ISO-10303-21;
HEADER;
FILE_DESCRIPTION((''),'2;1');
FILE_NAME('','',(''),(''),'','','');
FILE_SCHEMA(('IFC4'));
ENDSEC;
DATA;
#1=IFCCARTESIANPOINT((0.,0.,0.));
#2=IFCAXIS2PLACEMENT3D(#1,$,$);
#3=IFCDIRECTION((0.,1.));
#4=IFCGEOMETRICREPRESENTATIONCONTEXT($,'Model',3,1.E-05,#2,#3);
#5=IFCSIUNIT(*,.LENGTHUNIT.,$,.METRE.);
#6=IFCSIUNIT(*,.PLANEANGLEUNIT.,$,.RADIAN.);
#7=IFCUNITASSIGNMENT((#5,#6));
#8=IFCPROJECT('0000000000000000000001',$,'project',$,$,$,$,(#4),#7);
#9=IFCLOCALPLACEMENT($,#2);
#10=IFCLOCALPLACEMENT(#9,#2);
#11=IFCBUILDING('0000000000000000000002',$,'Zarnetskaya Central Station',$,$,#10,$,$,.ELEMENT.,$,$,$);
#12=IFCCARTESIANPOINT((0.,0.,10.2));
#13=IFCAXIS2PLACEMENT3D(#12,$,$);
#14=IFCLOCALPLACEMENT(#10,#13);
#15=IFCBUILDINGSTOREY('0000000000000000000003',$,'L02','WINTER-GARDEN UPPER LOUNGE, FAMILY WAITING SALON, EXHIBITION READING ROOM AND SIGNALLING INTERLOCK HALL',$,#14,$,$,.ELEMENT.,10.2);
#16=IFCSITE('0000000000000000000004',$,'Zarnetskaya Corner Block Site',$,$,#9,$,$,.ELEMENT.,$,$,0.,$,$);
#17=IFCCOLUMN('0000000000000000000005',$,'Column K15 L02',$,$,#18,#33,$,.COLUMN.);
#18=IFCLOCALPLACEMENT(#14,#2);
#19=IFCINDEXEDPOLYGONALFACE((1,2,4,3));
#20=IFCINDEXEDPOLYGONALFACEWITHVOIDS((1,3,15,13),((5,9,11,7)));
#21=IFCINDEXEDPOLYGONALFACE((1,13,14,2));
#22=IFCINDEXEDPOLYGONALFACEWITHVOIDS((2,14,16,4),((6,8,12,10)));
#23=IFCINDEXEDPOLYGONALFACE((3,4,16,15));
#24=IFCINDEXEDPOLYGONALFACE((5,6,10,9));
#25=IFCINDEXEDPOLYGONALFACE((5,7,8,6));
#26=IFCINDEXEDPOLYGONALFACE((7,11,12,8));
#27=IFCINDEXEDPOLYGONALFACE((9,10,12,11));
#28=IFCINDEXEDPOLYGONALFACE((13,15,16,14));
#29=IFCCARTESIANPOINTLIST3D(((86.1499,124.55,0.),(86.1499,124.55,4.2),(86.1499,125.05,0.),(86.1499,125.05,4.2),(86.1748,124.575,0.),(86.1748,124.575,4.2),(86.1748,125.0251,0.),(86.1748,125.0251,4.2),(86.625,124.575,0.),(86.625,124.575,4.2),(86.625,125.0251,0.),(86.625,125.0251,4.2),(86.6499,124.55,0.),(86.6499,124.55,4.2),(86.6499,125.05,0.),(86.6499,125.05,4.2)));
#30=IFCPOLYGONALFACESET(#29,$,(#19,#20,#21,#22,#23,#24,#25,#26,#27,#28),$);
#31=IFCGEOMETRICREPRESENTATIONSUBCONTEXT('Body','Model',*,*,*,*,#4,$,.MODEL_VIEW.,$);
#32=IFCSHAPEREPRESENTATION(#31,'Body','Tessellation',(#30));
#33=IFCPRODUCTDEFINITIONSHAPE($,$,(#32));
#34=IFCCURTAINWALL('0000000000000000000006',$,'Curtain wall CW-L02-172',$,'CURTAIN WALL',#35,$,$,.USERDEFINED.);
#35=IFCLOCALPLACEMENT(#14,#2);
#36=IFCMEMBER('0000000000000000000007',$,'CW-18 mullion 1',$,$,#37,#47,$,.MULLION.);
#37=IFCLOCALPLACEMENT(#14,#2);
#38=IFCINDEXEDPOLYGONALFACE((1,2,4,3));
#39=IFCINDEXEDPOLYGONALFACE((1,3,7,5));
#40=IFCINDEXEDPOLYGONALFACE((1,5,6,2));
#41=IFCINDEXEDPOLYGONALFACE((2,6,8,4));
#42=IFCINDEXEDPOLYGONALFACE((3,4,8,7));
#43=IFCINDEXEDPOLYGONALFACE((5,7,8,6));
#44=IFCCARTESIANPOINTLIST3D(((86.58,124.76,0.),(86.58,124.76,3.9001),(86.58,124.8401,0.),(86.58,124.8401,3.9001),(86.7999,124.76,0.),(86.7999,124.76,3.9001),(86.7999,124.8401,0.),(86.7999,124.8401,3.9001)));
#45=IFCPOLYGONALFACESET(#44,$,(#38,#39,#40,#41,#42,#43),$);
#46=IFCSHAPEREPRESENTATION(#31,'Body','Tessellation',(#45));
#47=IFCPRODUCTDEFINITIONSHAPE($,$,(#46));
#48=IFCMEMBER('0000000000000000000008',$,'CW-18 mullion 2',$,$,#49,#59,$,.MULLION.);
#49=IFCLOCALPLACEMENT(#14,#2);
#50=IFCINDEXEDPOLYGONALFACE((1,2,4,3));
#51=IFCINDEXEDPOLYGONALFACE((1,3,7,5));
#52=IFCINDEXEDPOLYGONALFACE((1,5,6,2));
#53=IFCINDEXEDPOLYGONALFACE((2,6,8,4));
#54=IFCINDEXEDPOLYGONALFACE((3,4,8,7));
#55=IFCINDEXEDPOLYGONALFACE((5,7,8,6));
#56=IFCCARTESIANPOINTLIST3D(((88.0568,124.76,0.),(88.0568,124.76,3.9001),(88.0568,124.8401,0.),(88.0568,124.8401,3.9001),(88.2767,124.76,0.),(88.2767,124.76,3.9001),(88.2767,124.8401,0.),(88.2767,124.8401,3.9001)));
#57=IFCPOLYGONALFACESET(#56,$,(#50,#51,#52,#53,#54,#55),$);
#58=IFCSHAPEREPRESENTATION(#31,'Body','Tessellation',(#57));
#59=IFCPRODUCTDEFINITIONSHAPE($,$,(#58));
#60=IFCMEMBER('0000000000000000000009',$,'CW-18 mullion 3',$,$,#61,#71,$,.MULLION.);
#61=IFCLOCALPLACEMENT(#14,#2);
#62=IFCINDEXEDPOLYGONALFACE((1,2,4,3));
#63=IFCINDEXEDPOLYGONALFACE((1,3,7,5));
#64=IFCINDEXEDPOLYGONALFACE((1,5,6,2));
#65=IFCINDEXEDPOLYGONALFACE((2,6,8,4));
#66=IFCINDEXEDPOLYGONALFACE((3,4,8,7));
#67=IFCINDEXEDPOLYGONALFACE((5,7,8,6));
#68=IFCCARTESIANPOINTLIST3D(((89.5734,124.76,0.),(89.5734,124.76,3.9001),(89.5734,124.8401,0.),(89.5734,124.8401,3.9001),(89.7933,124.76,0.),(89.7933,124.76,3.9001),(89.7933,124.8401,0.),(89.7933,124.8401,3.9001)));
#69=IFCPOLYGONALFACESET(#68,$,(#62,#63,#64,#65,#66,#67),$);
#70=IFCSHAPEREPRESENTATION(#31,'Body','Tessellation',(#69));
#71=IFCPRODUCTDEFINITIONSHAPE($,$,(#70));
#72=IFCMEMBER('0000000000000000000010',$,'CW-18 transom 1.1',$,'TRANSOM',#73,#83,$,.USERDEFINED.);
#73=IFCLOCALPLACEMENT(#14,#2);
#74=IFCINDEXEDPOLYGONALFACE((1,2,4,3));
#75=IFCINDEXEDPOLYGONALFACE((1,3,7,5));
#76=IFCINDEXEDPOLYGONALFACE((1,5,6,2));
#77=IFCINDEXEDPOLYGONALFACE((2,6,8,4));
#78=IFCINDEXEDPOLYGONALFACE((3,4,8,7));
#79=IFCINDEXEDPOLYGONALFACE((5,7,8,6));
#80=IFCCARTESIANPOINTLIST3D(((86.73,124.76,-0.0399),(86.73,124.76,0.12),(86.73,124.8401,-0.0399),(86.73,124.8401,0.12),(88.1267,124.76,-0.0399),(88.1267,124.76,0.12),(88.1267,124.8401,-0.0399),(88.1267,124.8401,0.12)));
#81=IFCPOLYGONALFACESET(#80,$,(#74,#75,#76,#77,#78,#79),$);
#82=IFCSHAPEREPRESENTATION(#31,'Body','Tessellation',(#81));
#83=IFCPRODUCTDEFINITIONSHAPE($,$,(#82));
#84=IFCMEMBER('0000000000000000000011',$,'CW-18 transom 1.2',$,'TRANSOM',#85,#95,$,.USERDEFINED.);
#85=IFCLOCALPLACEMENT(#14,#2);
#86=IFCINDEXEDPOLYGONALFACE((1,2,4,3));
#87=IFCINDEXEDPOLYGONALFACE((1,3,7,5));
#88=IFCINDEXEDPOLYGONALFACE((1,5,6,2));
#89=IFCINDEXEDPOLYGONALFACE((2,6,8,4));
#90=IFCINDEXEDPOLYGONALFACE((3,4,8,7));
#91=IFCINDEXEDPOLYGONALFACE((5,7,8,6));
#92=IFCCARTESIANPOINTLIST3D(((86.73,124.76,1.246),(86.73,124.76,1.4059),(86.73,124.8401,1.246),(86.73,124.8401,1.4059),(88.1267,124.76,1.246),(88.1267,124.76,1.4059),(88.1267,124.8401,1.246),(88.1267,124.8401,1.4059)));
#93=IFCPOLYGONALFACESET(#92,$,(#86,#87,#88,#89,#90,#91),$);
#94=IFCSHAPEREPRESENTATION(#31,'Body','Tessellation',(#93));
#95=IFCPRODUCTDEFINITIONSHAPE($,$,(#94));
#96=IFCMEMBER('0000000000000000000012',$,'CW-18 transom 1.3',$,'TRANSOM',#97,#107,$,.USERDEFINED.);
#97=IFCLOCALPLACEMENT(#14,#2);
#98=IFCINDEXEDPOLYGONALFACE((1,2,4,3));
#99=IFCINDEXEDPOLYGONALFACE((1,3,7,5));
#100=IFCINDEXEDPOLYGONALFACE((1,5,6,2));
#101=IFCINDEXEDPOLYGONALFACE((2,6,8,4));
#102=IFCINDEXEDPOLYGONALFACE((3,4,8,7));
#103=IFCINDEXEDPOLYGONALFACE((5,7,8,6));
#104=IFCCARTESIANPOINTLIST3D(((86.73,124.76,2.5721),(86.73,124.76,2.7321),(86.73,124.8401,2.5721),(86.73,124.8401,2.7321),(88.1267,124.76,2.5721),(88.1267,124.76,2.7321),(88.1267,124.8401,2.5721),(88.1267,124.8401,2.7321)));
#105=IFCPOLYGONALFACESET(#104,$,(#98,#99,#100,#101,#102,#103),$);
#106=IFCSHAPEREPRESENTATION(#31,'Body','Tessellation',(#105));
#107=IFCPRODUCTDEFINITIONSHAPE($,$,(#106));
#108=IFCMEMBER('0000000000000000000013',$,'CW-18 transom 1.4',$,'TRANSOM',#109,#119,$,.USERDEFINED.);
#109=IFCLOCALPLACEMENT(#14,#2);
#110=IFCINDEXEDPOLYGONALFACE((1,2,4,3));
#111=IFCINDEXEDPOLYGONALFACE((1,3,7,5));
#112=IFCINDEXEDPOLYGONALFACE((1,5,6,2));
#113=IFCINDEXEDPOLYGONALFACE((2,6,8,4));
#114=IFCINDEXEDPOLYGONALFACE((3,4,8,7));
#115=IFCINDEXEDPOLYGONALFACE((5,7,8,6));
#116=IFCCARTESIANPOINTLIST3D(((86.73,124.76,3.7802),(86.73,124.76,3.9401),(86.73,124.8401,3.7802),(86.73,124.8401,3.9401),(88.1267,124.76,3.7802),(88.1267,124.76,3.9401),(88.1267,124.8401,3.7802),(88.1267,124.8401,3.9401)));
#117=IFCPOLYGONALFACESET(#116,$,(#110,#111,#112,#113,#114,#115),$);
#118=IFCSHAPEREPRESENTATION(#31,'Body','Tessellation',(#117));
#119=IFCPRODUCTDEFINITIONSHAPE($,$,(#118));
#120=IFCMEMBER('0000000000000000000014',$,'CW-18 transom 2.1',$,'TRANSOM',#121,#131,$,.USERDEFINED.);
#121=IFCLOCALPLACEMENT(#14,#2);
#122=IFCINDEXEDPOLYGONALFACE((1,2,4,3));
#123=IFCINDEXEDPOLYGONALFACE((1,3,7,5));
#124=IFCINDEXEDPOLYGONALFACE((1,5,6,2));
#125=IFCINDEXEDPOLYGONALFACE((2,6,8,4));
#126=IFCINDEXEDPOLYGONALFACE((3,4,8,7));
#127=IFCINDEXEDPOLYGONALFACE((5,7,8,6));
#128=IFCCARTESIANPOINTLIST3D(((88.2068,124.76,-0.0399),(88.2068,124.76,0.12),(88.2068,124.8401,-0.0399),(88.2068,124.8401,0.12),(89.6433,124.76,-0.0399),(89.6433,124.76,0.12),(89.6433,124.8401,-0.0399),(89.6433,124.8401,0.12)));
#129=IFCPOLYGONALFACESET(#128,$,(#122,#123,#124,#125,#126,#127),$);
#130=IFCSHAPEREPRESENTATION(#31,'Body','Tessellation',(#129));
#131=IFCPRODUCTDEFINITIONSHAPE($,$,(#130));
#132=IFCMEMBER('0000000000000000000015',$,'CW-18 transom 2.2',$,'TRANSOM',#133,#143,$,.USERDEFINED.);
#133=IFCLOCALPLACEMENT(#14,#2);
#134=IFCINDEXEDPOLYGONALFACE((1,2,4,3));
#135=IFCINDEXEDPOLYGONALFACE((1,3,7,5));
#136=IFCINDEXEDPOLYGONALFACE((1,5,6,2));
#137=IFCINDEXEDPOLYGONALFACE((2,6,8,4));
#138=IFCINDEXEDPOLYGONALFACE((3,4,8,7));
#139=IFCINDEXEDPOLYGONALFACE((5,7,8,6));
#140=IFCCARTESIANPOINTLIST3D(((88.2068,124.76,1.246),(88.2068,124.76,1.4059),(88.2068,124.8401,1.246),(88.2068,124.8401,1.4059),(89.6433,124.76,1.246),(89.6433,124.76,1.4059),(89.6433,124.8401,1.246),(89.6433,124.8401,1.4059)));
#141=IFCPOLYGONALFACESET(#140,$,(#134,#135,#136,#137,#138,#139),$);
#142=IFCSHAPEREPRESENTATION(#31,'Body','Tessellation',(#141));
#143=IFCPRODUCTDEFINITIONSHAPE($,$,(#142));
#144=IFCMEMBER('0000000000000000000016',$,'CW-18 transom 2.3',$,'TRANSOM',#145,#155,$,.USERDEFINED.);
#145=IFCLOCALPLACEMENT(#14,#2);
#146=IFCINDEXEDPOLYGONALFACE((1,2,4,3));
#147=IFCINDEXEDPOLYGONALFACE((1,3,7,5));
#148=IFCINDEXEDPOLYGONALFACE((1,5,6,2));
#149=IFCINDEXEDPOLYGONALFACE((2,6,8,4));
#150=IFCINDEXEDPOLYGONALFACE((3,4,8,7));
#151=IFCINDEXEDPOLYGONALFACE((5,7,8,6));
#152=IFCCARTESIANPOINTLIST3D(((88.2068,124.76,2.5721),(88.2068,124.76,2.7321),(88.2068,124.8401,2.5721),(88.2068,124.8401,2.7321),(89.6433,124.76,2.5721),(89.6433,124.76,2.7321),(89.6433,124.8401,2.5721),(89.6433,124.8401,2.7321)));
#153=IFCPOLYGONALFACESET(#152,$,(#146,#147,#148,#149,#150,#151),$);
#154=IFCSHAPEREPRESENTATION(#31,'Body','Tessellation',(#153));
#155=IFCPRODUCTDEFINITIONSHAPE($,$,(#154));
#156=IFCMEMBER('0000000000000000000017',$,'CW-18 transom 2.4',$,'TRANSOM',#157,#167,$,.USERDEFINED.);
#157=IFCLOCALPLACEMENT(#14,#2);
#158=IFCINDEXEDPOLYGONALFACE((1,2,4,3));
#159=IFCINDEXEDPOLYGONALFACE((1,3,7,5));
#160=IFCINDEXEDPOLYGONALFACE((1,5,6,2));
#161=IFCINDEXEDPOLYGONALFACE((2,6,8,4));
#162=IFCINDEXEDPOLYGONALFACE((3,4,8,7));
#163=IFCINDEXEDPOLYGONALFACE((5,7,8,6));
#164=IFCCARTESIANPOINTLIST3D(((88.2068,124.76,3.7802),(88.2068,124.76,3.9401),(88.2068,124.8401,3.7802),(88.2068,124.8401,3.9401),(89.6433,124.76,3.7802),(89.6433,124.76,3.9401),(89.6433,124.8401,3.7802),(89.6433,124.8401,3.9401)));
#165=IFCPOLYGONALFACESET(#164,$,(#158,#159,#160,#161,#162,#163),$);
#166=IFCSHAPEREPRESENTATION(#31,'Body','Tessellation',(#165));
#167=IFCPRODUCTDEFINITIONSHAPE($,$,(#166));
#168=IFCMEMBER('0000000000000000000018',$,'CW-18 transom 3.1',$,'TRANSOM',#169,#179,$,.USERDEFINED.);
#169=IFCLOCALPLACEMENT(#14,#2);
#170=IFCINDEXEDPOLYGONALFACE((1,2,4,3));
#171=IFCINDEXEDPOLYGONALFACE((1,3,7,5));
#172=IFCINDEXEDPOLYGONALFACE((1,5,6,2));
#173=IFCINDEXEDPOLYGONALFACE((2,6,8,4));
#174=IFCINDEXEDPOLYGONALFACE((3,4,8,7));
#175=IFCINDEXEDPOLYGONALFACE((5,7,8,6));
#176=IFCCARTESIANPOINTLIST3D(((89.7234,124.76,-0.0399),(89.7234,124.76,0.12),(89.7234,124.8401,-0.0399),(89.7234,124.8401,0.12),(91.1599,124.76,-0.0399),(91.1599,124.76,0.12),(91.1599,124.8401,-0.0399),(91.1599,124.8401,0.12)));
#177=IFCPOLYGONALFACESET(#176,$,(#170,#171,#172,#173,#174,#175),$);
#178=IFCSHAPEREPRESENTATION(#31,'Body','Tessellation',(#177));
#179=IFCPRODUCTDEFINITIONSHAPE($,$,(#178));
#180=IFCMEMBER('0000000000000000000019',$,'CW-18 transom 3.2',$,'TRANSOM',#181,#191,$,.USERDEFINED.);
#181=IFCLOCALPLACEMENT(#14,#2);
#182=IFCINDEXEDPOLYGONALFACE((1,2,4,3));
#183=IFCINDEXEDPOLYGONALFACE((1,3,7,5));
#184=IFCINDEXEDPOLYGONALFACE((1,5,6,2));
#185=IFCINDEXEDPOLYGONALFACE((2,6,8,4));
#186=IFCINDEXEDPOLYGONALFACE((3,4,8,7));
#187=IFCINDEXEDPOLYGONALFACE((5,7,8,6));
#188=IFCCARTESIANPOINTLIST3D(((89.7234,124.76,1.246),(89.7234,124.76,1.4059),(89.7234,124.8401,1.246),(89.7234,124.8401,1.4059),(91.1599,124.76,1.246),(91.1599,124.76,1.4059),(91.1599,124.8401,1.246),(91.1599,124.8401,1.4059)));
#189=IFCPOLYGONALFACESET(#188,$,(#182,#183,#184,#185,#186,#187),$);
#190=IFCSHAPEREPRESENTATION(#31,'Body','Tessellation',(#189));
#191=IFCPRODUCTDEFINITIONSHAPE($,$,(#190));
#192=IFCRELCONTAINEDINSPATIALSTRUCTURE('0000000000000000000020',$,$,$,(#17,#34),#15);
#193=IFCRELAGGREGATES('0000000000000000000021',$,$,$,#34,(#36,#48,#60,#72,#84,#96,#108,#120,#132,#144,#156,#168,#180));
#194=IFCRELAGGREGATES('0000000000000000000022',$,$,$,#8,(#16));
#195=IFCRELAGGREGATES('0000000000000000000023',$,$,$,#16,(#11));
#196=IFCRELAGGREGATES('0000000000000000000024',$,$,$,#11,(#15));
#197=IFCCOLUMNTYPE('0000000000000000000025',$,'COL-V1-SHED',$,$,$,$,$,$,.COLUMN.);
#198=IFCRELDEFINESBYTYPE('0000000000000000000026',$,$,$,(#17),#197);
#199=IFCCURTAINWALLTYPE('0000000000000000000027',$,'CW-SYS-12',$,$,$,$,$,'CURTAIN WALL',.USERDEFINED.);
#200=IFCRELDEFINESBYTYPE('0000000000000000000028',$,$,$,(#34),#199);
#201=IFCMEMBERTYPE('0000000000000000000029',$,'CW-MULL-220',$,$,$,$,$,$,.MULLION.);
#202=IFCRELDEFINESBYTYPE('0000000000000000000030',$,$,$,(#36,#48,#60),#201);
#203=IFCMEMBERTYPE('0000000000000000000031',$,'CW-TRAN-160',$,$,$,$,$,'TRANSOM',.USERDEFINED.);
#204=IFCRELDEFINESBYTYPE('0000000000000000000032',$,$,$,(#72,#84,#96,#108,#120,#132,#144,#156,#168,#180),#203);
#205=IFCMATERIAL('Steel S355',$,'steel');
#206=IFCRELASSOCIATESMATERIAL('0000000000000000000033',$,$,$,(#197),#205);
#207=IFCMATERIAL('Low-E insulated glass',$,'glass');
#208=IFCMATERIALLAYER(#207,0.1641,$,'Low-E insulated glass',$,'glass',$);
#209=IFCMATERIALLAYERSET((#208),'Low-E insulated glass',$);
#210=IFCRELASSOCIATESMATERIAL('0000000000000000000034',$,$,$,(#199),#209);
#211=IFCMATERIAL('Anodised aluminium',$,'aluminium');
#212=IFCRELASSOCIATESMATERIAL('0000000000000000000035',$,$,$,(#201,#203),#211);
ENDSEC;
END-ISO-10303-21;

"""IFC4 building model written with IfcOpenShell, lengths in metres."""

from ifc_helpers import new_model, si_unit, direction, frame, origin, origin_2d, place, context, subcontext, project, spatial, rectangle, hollow_rectangle, extrude, material, layer, layer_set, material_profile, profile_set, type_object, element, aggregate, save


model = new_model("IFC4")

# Units and contexts
model_context = context("Model", 3, precision=1e-05, world=origin(), true_north=direction((0.0, 1.0)))
body_context = subcontext(model_context, "Body", "Model", "MODEL_VIEW")
ifc_project = project(units=[si_unit("LENGTHUNIT", "METRE"), si_unit("PLANEANGLEUNIT", "RADIAN")], contexts=[model_context])

# Site, building, storey
site_placement = place(None, origin())
site = spatial("IfcSite", under=ifc_project, at=site_placement, Name="Zarnetskaya Corner Block Site", CompositionType="ELEMENT", RefElevation=0.0)
building_placement = place(site_placement, origin())
building = spatial("IfcBuilding", under=site, at=building_placement, Name="Zarnetskaya Central Station", CompositionType="ELEMENT")
storey_placement = place(building_placement, frame((0.0, 0.0, 10.2)))
storey = spatial("IfcBuildingStorey", under=building, at=storey_placement, Name="L02", Description="WINTER-GARDEN UPPER LOUNGE, FAMILY WAITING SALON, EXHIBITION READING ROOM AND SIGNALLING INTERLOCK HALL", CompositionType="ELEMENT", Elevation=10.2)

# Column
ifc_material_1 = material(Name="Steel S355", Category="steel")
ifc_material_profile_1 = material_profile(ifc_material_1, hollow_rectangle(XDim=0.5, YDim=0.5, WallThickness=0.0249, at=origin_2d()), Name="BOX 500x500x25")
ifc_profile_set_1 = profile_set([ifc_material_profile_1], Name="Steel S355")
column_type = type_object("IfcColumnType", Name="COL-V1-SHED", PredefinedType="COLUMN", material=ifc_profile_set_1)
column_placement = place(storey_placement, frame((86.3999, 124.8, 0.0), z_axis=(0.0, 0.0, 1.0), x_axis=(1.0, 0.0, 0.0)))
element("IfcColumn", 1, at=column_placement, inside=storey, type_object=column_type, Name="Column K15 L02", PredefinedType="COLUMN", context=body_context, shape_type="SweptSolid", body=[
    extrude(hollow_rectangle(XDim=0.5, YDim=0.5, WallThickness=0.0249, at=origin_2d()), origin(), (0.0, 0.0, 1.0), 4.2),
])

# Curtain wall, members
ifc_material_2 = material(Name="Low-E insulated glass", Category="glass")
ifc_layer_1 = layer(ifc_material_2, 0.1641, Name="Low-E insulated glass", Category="glass")
ifc_layer_set_1 = layer_set([ifc_layer_1], Name="Low-E insulated glass")
curtain_wall_type = type_object("IfcCurtainWallType", Name="CW-SYS-12", ElementType="CURTAIN WALL", PredefinedType="USERDEFINED", material=ifc_layer_set_1)
curtain_wall_placement = place(storey_placement, origin())
curtain_wall = element("IfcCurtainWall", 2, at=curtain_wall_placement, inside=storey, type_object=curtain_wall_type, Name="Curtain wall CW-L02-172", ObjectType="CURTAIN WALL", PredefinedType="USERDEFINED")
ifc_material_3 = material(Name="Anodised aluminium", Category="aluminium")
ifc_material_profile_2 = material_profile(ifc_material_3, rectangle(XDim=0.0801, YDim=0.22, at=origin_2d()), Name="ALU MULL 80x220")
ifc_profile_set_2 = profile_set([ifc_material_profile_2], Name="Anodised aluminium")
member_type_1 = type_object("IfcMemberType", Name="CW-MULL-220", PredefinedType="MULLION", material=ifc_profile_set_2)
member_1_placement = place(storey_placement, frame((86.6899, 124.8, 0.0), z_axis=(0.0, 0.0, 1.0), x_axis=(0.0, 1.0, 0.0)))
member_1 = element("IfcMember", 3, at=member_1_placement, type_object=member_type_1, Name="CW-18 mullion 1", PredefinedType="MULLION", context=body_context, shape_type="SweptSolid", body=[
    extrude(rectangle(XDim=0.0801, YDim=0.22, at=origin_2d()), origin(), (0.0, 0.0, 1.0), 3.9001),
])
member_2_placement = place(storey_placement, frame((88.1667, 124.8, 0.0), z_axis=(0.0, 0.0, 1.0), x_axis=(0.0, 1.0, 0.0)))
member_2 = element("IfcMember", 4, at=member_2_placement, type_object=member_type_1, Name="CW-18 mullion 2", PredefinedType="MULLION", context=body_context, shape_type="SweptSolid", body=[
    extrude(rectangle(XDim=0.0801, YDim=0.22, at=origin_2d()), origin(), (0.0, 0.0, 1.0), 3.9001),
])
member_3_placement = place(storey_placement, frame((89.6833, 124.8, 0.0), z_axis=(0.0, 0.0, 1.0), x_axis=(0.0, 1.0, 0.0)))
member_3 = element("IfcMember", 5, at=member_3_placement, type_object=member_type_1, Name="CW-18 mullion 3", PredefinedType="MULLION", context=body_context, shape_type="SweptSolid", body=[
    extrude(rectangle(XDim=0.0801, YDim=0.22, at=origin_2d()), origin(), (0.0, 0.0, 1.0), 3.9001),
])
ifc_material_profile_3 = material_profile(ifc_material_3, rectangle(XDim=0.0801, YDim=0.1599, at=origin_2d()), Name="ALU TRAN 80x160")
ifc_profile_set_3 = profile_set([ifc_material_profile_3], Name="Anodised aluminium")
member_type_2 = type_object("IfcMemberType", Name="CW-TRAN-160", ElementType="TRANSOM", PredefinedType="USERDEFINED", material=ifc_profile_set_3)
member_4_placement = place(storey_placement, frame((86.73, 124.8, 0.04), z_axis=(1.0, 0.0, 0.0), x_axis=(0.0, 1.0, 0.0)))
member_4 = element("IfcMember", 6, at=member_4_placement, type_object=member_type_2, Name="CW-18 transom 1.1", ObjectType="TRANSOM", PredefinedType="USERDEFINED", context=body_context, shape_type="SweptSolid", body=[
    extrude(rectangle(XDim=0.0801, YDim=0.1599, at=origin_2d()), origin(), (0.0, 0.0, 1.0), 1.3967),
])
member_5_placement = place(storey_placement, frame((86.73, 124.8, 1.3259), z_axis=(1.0, 0.0, 0.0), x_axis=(0.0, 1.0, 0.0)))
member_5 = element("IfcMember", 7, at=member_5_placement, type_object=member_type_2, Name="CW-18 transom 1.2", ObjectType="TRANSOM", PredefinedType="USERDEFINED", context=body_context, shape_type="SweptSolid", body=[
    extrude(rectangle(XDim=0.0801, YDim=0.1599, at=origin_2d()), origin(), (0.0, 0.0, 1.0), 1.3967),
])
member_6_placement = place(storey_placement, frame((86.73, 124.8, 2.6521), z_axis=(1.0, 0.0, 0.0), x_axis=(0.0, 1.0, 0.0)))
member_6 = element("IfcMember", 8, at=member_6_placement, type_object=member_type_2, Name="CW-18 transom 1.3", ObjectType="TRANSOM", PredefinedType="USERDEFINED", context=body_context, shape_type="SweptSolid", body=[
    extrude(rectangle(XDim=0.0801, YDim=0.1599, at=origin_2d()), origin(), (0.0, 0.0, 1.0), 1.3967),
])
member_7_placement = place(storey_placement, frame((86.73, 124.8, 3.8601), z_axis=(1.0, 0.0, 0.0), x_axis=(0.0, 1.0, 0.0)))
member_7 = element("IfcMember", 9, at=member_7_placement, type_object=member_type_2, Name="CW-18 transom 1.4", ObjectType="TRANSOM", PredefinedType="USERDEFINED", context=body_context, shape_type="SweptSolid", body=[
    extrude(rectangle(XDim=0.0801, YDim=0.1599, at=origin_2d()), origin(), (0.0, 0.0, 1.0), 1.3967),
])
member_8_placement = place(storey_placement, frame((88.2068, 124.8, 0.04), z_axis=(1.0, 0.0, 0.0), x_axis=(0.0, 1.0, 0.0)))
member_8 = element("IfcMember", 10, at=member_8_placement, type_object=member_type_2, Name="CW-18 transom 2.1", ObjectType="TRANSOM", PredefinedType="USERDEFINED", context=body_context, shape_type="SweptSolid", body=[
    extrude(rectangle(XDim=0.0801, YDim=0.1599, at=origin_2d()), origin(), (0.0, 0.0, 1.0), 1.4365),
])
member_9_placement = place(storey_placement, frame((88.2068, 124.8, 1.3259), z_axis=(1.0, 0.0, 0.0), x_axis=(0.0, 1.0, 0.0)))
member_9 = element("IfcMember", 11, at=member_9_placement, type_object=member_type_2, Name="CW-18 transom 2.2", ObjectType="TRANSOM", PredefinedType="USERDEFINED", context=body_context, shape_type="SweptSolid", body=[
    extrude(rectangle(XDim=0.0801, YDim=0.1599, at=origin_2d()), origin(), (0.0, 0.0, 1.0), 1.4365),
])
member_10_placement = place(storey_placement, frame((88.2068, 124.8, 2.6521), z_axis=(1.0, 0.0, 0.0), x_axis=(0.0, 1.0, 0.0)))
member_10 = element("IfcMember", 12, at=member_10_placement, type_object=member_type_2, Name="CW-18 transom 2.3", ObjectType="TRANSOM", PredefinedType="USERDEFINED", context=body_context, shape_type="SweptSolid", body=[
    extrude(rectangle(XDim=0.0801, YDim=0.1599, at=origin_2d()), origin(), (0.0, 0.0, 1.0), 1.4365),
])
member_11_placement = place(storey_placement, frame((88.2068, 124.8, 3.8601), z_axis=(1.0, 0.0, 0.0), x_axis=(0.0, 1.0, 0.0)))
member_11 = element("IfcMember", 13, at=member_11_placement, type_object=member_type_2, Name="CW-18 transom 2.4", ObjectType="TRANSOM", PredefinedType="USERDEFINED", context=body_context, shape_type="SweptSolid", body=[
    extrude(rectangle(XDim=0.0801, YDim=0.1599, at=origin_2d()), origin(), (0.0, 0.0, 1.0), 1.4365),
])
member_12_placement = place(storey_placement, frame((89.7234, 124.8, 0.04), z_axis=(1.0, 0.0, 0.0), x_axis=(0.0, 1.0, 0.0)))
member_12 = element("IfcMember", 14, at=member_12_placement, type_object=member_type_2, Name="CW-18 transom 3.1", ObjectType="TRANSOM", PredefinedType="USERDEFINED", context=body_context, shape_type="SweptSolid", body=[
    extrude(rectangle(XDim=0.0801, YDim=0.1599, at=origin_2d()), origin(), (0.0, 0.0, 1.0), 1.4365),
])
member_13_placement = place(storey_placement, frame((89.7234, 124.8, 1.3259), z_axis=(1.0, 0.0, 0.0), x_axis=(0.0, 1.0, 0.0)))
member_13 = element("IfcMember", 15, at=member_13_placement, type_object=member_type_2, Name="CW-18 transom 3.2", ObjectType="TRANSOM", PredefinedType="USERDEFINED", context=body_context, shape_type="SweptSolid", body=[
    extrude(rectangle(XDim=0.0801, YDim=0.1599, at=origin_2d()), origin(), (0.0, 0.0, 1.0), 1.4365),
])
aggregate(curtain_wall, [member_1, member_2, member_3, member_4, member_5, member_6, member_7, member_8, member_9, member_10, member_11, member_12, member_13])

save(model, "model.ifc")
